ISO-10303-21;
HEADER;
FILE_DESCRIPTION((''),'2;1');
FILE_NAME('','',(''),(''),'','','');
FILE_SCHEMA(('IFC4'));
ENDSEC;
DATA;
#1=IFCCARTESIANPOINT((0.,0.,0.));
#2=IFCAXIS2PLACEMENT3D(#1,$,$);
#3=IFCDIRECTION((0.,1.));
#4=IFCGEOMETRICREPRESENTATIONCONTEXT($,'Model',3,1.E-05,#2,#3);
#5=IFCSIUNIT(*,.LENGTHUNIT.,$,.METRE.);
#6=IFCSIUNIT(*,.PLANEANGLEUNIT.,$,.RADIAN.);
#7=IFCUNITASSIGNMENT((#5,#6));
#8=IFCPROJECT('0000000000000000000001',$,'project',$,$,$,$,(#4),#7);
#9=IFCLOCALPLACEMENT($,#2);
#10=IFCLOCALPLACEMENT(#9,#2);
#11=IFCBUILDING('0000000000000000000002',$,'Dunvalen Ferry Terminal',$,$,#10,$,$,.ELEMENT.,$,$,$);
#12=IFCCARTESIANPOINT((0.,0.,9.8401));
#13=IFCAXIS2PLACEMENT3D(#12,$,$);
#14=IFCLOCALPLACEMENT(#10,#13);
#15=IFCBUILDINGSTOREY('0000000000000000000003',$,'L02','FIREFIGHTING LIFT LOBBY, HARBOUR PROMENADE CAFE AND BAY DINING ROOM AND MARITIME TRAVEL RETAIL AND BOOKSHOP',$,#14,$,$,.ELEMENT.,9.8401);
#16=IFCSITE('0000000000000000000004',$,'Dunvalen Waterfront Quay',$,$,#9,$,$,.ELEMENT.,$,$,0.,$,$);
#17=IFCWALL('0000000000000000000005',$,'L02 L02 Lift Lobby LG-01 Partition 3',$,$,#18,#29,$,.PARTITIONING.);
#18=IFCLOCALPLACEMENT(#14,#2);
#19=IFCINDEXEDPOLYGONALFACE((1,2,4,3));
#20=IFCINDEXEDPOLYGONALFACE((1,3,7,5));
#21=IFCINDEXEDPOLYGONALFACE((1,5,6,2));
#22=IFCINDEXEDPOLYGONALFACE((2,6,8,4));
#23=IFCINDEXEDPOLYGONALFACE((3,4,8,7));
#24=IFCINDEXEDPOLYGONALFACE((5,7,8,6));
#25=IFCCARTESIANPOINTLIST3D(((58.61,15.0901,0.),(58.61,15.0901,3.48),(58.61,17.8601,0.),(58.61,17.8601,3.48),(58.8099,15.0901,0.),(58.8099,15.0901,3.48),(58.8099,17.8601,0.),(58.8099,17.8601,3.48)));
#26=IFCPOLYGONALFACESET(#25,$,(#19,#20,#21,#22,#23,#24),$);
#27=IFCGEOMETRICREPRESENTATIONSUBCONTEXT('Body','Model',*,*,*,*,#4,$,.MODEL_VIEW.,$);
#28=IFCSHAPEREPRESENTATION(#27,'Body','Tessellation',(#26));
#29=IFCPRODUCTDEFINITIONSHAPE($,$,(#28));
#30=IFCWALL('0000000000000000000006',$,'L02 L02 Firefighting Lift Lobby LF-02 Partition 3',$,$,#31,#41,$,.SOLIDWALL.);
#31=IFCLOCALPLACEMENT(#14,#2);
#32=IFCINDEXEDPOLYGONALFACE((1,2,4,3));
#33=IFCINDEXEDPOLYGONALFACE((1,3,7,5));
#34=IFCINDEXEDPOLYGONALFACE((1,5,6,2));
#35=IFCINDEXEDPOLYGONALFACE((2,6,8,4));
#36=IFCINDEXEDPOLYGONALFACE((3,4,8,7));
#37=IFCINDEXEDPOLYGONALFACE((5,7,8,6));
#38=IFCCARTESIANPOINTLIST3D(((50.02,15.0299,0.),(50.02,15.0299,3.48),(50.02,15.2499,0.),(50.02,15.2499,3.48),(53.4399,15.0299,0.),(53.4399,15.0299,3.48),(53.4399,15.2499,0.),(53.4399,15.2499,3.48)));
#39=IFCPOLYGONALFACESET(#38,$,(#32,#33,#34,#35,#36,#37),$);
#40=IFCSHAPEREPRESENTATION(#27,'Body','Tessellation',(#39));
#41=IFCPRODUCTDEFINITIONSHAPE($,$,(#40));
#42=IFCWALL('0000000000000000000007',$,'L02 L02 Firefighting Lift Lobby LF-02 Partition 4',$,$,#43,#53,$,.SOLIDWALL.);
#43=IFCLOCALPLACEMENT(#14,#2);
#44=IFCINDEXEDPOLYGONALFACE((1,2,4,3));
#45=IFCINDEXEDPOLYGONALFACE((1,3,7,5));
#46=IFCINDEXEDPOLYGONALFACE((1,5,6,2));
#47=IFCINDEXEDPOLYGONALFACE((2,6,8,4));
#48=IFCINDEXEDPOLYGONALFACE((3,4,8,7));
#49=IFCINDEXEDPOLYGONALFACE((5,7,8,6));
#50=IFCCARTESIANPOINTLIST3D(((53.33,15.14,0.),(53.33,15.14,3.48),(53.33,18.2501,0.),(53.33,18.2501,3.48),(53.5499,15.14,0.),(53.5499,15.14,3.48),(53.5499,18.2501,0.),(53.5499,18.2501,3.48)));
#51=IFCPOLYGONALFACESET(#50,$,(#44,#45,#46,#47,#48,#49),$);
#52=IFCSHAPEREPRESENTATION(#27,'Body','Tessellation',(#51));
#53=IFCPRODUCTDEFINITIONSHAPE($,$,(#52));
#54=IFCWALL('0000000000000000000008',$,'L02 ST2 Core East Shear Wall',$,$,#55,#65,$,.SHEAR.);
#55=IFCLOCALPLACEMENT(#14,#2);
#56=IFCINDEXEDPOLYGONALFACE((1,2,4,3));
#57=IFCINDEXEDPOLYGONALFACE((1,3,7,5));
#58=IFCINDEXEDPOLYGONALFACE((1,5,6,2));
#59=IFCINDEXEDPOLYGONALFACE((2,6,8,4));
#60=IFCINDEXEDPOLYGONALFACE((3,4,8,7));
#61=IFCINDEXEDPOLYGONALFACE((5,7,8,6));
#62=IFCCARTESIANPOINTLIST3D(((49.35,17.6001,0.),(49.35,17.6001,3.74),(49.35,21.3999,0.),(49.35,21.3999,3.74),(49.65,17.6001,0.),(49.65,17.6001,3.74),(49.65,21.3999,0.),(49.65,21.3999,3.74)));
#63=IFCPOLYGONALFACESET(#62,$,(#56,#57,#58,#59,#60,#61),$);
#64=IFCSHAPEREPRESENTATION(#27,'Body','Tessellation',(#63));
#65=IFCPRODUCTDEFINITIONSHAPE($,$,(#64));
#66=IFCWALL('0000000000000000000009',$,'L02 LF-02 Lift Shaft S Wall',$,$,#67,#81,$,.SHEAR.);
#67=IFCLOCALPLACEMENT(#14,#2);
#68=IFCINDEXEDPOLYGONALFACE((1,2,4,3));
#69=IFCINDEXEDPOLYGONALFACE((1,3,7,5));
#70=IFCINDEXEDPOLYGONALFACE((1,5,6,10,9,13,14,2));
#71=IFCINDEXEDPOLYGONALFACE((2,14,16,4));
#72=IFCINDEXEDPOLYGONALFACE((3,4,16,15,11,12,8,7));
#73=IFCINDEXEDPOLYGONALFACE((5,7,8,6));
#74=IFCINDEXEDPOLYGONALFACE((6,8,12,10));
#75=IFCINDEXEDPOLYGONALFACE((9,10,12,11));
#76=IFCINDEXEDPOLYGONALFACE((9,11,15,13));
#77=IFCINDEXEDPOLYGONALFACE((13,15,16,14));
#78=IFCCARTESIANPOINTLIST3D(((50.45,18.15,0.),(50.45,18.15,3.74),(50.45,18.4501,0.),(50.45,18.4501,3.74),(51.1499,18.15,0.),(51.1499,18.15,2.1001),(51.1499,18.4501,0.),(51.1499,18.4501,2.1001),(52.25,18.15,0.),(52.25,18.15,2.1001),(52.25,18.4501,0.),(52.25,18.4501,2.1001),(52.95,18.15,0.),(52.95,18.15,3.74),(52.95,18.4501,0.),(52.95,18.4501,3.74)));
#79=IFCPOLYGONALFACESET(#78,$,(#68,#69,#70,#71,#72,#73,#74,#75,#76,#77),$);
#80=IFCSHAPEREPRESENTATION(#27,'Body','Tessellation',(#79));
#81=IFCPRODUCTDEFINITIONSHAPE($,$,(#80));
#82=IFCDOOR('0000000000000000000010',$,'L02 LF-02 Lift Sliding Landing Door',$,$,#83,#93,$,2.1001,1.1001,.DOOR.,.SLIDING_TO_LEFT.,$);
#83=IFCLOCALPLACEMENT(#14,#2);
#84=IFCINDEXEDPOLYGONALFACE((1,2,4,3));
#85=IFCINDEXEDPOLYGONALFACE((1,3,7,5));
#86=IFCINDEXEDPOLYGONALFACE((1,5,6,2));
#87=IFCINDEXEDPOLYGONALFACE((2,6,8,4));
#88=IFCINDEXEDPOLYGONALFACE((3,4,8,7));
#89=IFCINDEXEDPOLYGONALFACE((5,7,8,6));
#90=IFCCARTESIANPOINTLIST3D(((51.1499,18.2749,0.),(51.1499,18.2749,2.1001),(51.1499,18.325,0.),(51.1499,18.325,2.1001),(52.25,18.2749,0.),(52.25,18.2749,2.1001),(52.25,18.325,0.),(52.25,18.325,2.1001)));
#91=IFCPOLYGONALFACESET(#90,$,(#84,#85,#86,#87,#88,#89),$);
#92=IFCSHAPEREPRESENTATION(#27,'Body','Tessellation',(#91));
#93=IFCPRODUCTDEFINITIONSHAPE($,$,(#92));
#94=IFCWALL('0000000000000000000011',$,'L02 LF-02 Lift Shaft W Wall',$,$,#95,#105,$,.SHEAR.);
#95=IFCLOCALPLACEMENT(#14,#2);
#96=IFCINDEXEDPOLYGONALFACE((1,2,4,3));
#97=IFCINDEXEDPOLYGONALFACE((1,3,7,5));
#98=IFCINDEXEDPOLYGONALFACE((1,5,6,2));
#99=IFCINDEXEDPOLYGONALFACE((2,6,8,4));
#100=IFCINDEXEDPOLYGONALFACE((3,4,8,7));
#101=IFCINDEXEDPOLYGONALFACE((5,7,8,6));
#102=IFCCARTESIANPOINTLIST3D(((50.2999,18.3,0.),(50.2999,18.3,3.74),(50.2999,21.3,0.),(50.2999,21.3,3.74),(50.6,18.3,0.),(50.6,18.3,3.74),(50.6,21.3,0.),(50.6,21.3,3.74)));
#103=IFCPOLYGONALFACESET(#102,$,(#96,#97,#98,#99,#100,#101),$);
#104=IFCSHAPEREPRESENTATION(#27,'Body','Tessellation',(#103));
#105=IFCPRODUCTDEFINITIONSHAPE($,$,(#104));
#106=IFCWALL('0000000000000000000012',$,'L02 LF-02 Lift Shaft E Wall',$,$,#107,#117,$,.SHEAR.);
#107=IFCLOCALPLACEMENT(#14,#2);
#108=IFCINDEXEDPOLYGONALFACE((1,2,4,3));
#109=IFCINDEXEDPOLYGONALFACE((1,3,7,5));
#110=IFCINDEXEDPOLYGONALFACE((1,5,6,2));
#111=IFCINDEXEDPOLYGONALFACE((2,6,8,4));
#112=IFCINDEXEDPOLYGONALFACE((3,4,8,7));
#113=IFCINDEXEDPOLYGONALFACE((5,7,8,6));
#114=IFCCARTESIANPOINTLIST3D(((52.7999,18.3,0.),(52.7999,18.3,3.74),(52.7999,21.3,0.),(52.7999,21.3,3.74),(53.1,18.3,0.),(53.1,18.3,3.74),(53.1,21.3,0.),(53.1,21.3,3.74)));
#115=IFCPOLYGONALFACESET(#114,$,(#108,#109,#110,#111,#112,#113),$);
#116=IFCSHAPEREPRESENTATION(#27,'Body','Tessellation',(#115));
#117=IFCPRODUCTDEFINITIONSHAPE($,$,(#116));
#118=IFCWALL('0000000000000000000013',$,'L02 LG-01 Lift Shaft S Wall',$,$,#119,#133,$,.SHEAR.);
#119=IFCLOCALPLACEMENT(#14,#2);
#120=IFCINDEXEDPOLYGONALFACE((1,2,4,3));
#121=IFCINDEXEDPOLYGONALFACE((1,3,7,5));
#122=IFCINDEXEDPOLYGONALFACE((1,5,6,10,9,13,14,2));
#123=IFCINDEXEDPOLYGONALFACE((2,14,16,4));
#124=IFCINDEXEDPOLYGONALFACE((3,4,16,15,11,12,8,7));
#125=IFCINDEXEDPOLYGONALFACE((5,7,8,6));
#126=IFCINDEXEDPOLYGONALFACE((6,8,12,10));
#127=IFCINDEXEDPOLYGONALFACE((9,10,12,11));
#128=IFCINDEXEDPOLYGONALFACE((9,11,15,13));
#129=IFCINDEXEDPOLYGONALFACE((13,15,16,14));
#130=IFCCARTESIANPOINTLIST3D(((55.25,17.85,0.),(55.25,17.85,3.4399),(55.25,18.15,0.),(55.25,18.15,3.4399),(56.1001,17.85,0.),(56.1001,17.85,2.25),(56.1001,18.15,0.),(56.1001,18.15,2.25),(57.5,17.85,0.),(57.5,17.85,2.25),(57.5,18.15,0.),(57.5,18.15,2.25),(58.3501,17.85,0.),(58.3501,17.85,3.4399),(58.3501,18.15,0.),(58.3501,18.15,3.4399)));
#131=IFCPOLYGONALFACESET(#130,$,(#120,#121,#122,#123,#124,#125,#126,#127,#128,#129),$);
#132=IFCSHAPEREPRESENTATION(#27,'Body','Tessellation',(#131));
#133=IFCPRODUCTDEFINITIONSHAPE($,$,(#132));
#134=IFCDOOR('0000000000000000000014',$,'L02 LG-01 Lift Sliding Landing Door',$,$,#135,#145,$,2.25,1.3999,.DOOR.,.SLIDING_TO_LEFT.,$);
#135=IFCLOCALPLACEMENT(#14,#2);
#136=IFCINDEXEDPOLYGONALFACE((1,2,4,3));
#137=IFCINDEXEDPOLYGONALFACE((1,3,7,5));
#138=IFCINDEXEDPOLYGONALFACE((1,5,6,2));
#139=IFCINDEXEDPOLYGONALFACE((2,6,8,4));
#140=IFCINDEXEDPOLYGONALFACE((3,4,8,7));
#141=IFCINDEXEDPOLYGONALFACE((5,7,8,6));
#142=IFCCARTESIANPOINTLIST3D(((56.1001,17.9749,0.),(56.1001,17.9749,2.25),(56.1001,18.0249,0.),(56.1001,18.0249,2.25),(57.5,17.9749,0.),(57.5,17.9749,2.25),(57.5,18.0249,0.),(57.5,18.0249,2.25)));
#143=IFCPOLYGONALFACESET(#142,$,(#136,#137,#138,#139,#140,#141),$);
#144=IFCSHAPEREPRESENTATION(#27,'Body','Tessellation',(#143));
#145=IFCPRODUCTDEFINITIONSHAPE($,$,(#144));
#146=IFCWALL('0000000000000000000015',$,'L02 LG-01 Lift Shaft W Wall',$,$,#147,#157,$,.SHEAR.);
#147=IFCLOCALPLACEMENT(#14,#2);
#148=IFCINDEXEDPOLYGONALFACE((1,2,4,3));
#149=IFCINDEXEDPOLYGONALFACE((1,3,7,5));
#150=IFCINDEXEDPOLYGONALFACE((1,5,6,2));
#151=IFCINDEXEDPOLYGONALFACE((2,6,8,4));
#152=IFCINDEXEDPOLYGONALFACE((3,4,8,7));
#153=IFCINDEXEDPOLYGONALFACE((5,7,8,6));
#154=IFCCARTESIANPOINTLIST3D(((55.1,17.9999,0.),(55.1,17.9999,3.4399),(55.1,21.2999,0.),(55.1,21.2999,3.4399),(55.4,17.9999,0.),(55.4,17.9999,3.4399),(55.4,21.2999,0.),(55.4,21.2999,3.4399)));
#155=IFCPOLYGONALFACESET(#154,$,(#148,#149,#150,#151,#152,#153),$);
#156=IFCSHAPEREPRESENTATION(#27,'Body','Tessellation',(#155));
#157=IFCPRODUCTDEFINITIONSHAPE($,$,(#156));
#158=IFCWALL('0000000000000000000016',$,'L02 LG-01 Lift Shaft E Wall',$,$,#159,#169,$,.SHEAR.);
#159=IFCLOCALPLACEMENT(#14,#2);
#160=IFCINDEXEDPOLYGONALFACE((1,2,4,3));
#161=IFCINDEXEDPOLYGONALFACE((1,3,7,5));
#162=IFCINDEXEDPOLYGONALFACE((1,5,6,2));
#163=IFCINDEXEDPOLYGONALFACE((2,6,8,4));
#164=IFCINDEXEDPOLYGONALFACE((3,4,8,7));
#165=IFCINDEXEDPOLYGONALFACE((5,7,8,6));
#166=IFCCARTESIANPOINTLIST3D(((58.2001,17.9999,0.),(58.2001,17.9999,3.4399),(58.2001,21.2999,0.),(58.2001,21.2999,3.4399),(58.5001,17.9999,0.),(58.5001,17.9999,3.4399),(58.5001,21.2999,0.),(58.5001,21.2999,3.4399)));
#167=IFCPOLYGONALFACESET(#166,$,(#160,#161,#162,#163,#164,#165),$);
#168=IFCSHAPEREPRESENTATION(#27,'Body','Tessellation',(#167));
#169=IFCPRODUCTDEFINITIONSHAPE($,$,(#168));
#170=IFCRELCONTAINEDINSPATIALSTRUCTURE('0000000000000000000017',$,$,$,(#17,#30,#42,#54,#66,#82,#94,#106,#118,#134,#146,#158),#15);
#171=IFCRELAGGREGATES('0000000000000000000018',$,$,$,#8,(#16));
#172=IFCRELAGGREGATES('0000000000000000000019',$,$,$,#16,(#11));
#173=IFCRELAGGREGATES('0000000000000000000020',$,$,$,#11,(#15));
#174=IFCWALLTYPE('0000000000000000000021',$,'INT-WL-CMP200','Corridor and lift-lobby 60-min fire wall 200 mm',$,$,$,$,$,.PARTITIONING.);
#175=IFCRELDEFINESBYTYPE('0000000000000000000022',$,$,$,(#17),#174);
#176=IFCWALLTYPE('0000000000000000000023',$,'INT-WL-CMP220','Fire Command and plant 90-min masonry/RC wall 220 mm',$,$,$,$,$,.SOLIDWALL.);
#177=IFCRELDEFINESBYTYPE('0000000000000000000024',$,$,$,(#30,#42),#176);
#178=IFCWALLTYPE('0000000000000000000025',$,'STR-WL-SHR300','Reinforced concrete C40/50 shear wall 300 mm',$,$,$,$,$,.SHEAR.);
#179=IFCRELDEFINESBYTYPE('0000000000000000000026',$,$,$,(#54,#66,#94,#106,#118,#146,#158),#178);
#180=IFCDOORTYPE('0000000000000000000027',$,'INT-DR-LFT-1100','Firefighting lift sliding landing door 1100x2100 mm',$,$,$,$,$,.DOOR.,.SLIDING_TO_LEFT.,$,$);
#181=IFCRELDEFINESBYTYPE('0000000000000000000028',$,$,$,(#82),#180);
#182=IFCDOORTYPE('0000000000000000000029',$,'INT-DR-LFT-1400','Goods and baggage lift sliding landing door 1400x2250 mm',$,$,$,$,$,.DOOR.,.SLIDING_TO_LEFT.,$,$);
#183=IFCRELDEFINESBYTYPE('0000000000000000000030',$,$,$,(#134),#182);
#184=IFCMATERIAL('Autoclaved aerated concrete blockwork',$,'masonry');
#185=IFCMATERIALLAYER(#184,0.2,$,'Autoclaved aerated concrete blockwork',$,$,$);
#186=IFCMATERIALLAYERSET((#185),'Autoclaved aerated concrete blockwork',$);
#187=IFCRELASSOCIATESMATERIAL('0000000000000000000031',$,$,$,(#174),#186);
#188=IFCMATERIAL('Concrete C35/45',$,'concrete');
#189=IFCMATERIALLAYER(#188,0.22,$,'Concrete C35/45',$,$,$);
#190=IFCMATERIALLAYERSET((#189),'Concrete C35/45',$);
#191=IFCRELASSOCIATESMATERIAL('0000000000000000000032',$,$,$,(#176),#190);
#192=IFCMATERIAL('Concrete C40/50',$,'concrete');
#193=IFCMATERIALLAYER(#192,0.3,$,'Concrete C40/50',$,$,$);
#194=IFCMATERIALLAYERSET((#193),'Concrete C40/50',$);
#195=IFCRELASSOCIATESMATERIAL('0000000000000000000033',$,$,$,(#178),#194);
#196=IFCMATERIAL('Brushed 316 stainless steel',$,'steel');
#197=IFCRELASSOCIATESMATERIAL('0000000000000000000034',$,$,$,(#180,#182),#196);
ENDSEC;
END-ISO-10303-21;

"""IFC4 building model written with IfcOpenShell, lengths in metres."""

from ifc_helpers import new_model, si_unit, direction, frame, frame_2d, origin, place, context, subcontext, project, spatial, rectangle, extrude, material, layer, layer_set, type_object, element, fill, save


model = new_model("IFC4")

# Units and contexts
model_context = context("Model", 3, precision=1e-05, world=origin(), true_north=direction((0.0, 1.0)))
body_context = subcontext(model_context, "Body", "Model", "MODEL_VIEW")
ifc_project = project(units=[si_unit("LENGTHUNIT", "METRE"), si_unit("PLANEANGLEUNIT", "RADIAN")], contexts=[model_context])

# Site, building, storey
site_placement = place(None, origin())
site = spatial("IfcSite", under=ifc_project, at=site_placement, Name="Dunvalen Waterfront Quay", CompositionType="ELEMENT", RefElevation=0.0)
building_placement = place(site_placement, origin())
building = spatial("IfcBuilding", under=site, at=building_placement, Name="Dunvalen Ferry Terminal", CompositionType="ELEMENT")
storey_placement = place(building_placement, frame((0.0, 0.0, 9.8401)))
storey = spatial("IfcBuildingStorey", under=building, at=storey_placement, Name="L02", Description="FIREFIGHTING LIFT LOBBY, HARBOUR PROMENADE CAFE AND BAY DINING ROOM AND MARITIME TRAVEL RETAIL AND BOOKSHOP", CompositionType="ELEMENT", Elevation=9.8401)

# Shared definitions
ifc_material_1 = material(Name="Concrete C40/50", Category="concrete")

# Shared definitions
ifc_material_2 = material(Name="Autoclaved aerated concrete blockwork", Category="masonry")
ifc_layer_1 = layer(ifc_material_2, 0.2, Name="Autoclaved aerated concrete blockwork")
ifc_layer_set_1 = layer_set([ifc_layer_1], Name="Autoclaved aerated concrete blockwork")
wall_type_1 = type_object("IfcWallType", Name="INT-WL-CMP200", Description="Corridor and lift-lobby 60-min fire wall 200 mm", PredefinedType="PARTITIONING", material=ifc_layer_set_1)

# Wall
wall_1_placement = place(storey_placement, frame((58.71, 15.0901, 0.0), z_axis=(0.0, 0.0, 1.0), x_axis=(0.0, 1.0, 0.0)))
element("IfcWall", 1, at=wall_1_placement, inside=storey, type_object=wall_type_1, Name="L02 L02 Lift Lobby LG-01 Partition 3", PredefinedType="PARTITIONING", context=body_context, shape_type="SweptSolid", body=[
    extrude(rectangle(XDim=2.77, YDim=0.2, at=frame_2d((1.385, 0.0))), origin(), (0.0, 0.0, 1.0), 3.48),
])

# Shared definitions
ifc_material_3 = material(Name="Concrete C35/45", Category="concrete")
ifc_layer_2 = layer(ifc_material_3, 0.22, Name="Concrete C35/45")
ifc_layer_set_2 = layer_set([ifc_layer_2], Name="Concrete C35/45")
wall_type_2 = type_object("IfcWallType", Name="INT-WL-CMP220", Description="Fire Command and plant 90-min masonry/RC wall 220 mm", PredefinedType="SOLIDWALL", material=ifc_layer_set_2)

# Walls
wall_2_placement = place(storey_placement, frame((50.02, 15.1399, 0.0), z_axis=(0.0, 0.0, 1.0), x_axis=(1.0, 0.0, 0.0)))
element("IfcWall", 2, at=wall_2_placement, inside=storey, type_object=wall_type_2, Name="L02 L02 Firefighting Lift Lobby LF-02 Partition 3", PredefinedType="SOLIDWALL", context=body_context, shape_type="SweptSolid", body=[
    extrude(rectangle(XDim=3.4199, YDim=0.22, at=frame_2d((1.71, 0.0))), origin(), (0.0, 0.0, 1.0), 3.48),
])
wall_3_placement = place(storey_placement, frame((53.4399, 15.1399, 0.0), z_axis=(0.0, 0.0, 1.0), x_axis=(0.0, 1.0, 0.0)))
element("IfcWall", 3, at=wall_3_placement, inside=storey, type_object=wall_type_2, Name="L02 L02 Firefighting Lift Lobby LF-02 Partition 4", PredefinedType="SOLIDWALL", context=body_context, shape_type="SweptSolid", body=[
    extrude(rectangle(XDim=3.1101, YDim=0.22, at=frame_2d((1.5552, 0.0))), origin(), (0.0, 0.0, 1.0), 3.48),
])
ifc_layer_3 = layer(ifc_material_1, 0.3, Name="Concrete C40/50")
ifc_layer_set_3 = layer_set([ifc_layer_3], Name="Concrete C40/50")
wall_type_3 = type_object("IfcWallType", Name="STR-WL-SHR300", Description="Reinforced concrete C40/50 shear wall 300 mm", PredefinedType="SHEAR", material=ifc_layer_set_3)
wall_4_placement = place(storey_placement, frame((49.5, 17.6001, 0.0), z_axis=(0.0, 0.0, 1.0), x_axis=(0.0, 1.0, 0.0)))
element("IfcWall", 4, at=wall_4_placement, inside=storey, type_object=wall_type_3, Name="L02 ST2 Core East Shear Wall", PredefinedType="SHEAR", context=body_context, shape_type="SweptSolid", body=[
    extrude(rectangle(XDim=3.7998, YDim=0.3, at=frame_2d((1.8999, 0.0))), origin(), (0.0, 0.0, 1.0), 3.74),
])

# Wall, opening, door
wall_5_placement = place(storey_placement, frame((50.45, 18.3, 0.0), z_axis=(0.0, 0.0, 1.0), x_axis=(1.0, 0.0, 0.0)))
wall_5 = element("IfcWall", 5, at=wall_5_placement, inside=storey, type_object=wall_type_3, Name="L02 LF-02 Lift Shaft S Wall", PredefinedType="SHEAR", context=body_context, shape_type="SweptSolid", body=[
    extrude(rectangle(XDim=2.5, YDim=0.3, at=frame_2d((1.25, 0.0))), origin(), (0.0, 0.0, 1.0), 3.74),
])
opening_1_placement = place(wall_5_placement, frame((0.7, 0.0, 0.0)))
opening_1 = element("IfcOpeningElement", 6, at=opening_1_placement, cuts=wall_5, PredefinedType="OPENING", context=body_context, shape_type="SweptSolid", body=[
    extrude(rectangle(XDim=1.1001, YDim=2.1001, at=frame_2d((0.55, 1.05))), frame((0.0, 0.1602, 0.0), z_axis=(0.0, -1.0, 0.0), x_axis=(1.0, 0.0, 0.0)), (0.0, 0.0, 1.0), 0.3201),
])
ifc_material_4 = material(Name="Brushed 316 stainless steel", Category="steel")
door_type_1 = type_object("IfcDoorType", Name="INT-DR-LFT-1100", Description="Firefighting lift sliding landing door 1100x2100 mm", OperationType="SLIDING_TO_LEFT", PredefinedType="DOOR", material=ifc_material_4)
door_1_placement = place(opening_1_placement, origin())
door_1 = element("IfcDoor", 7, at=door_1_placement, inside=storey, type_object=door_type_1, Name="L02 LF-02 Lift Sliding Landing Door", OperationType="SLIDING_TO_LEFT", OverallHeight=2.1001, OverallWidth=1.1001, PredefinedType="DOOR", context=body_context, shape_type="SweptSolid", body=[
    extrude(rectangle(XDim=1.1001, YDim=2.1001, at=frame_2d((0.55, 1.05))), frame((0.0, 0.0249, 0.0), z_axis=(0.0, -1.0, 0.0), x_axis=(1.0, 0.0, 0.0)), (0.0, 0.0, 1.0), 0.05),
])
fill(opening_1, door_1)

# Walls
for number, where, z_axis, x_axis, name in (
    (8, (50.45, 18.3, 0.0), (0.0, 0.0, 1.0), (0.0, 1.0, 0.0), "L02 LF-02 Lift Shaft W Wall"),
    (9, (52.95, 18.3, 0.0), (0.0, 0.0, 1.0), (0.0, 1.0, 0.0), "L02 LF-02 Lift Shaft E Wall"),
):
    element("IfcWall", number, at=place(storey_placement, frame(where, z_axis=z_axis, x_axis=x_axis)), inside=storey, type_object=wall_type_3, Name=name, PredefinedType="SHEAR", context=body_context, shape_type="SweptSolid", body=[
        extrude(rectangle(XDim=3.0, YDim=0.3, at=frame_2d((1.5, 0.0))), origin(), (0.0, 0.0, 1.0), 3.74),
    ])

# Wall, opening, door
wall_6_placement = place(storey_placement, frame((55.25, 18.0, 0.0), z_axis=(0.0, 0.0, 1.0), x_axis=(1.0, 0.0, 0.0)))
wall_6 = element("IfcWall", 10, at=wall_6_placement, inside=storey, type_object=wall_type_3, Name="L02 LG-01 Lift Shaft S Wall", PredefinedType="SHEAR", context=body_context, shape_type="SweptSolid", body=[
    extrude(rectangle(XDim=3.1001, YDim=0.3, at=frame_2d((1.55, 0.0))), origin(), (0.0, 0.0, 1.0), 3.4399),
])
opening_2_placement = place(wall_6_placement, frame((0.8501, 0.0, 0.0)))
opening_2 = element("IfcOpeningElement", 11, at=opening_2_placement, cuts=wall_6, PredefinedType="OPENING", context=body_context, shape_type="SweptSolid", body=[
    extrude(rectangle(XDim=1.3999, YDim=2.25, at=frame_2d((0.7, 1.125))), frame((0.0, 0.1602, 0.0), z_axis=(0.0, -1.0, 0.0), x_axis=(1.0, 0.0, 0.0)), (0.0, 0.0, 1.0), 0.3201),
])
door_type_2 = type_object("IfcDoorType", Name="INT-DR-LFT-1400", Description="Goods and baggage lift sliding landing door 1400x2250 mm", OperationType="SLIDING_TO_LEFT", PredefinedType="DOOR", material=ifc_material_4)
door_2_placement = place(opening_2_placement, origin())
door_2 = element("IfcDoor", 12, at=door_2_placement, inside=storey, type_object=door_type_2, Name="L02 LG-01 Lift Sliding Landing Door", OperationType="SLIDING_TO_LEFT", OverallHeight=2.25, OverallWidth=1.3999, PredefinedType="DOOR", context=body_context, shape_type="SweptSolid", body=[
    extrude(rectangle(XDim=1.3999, YDim=2.25, at=frame_2d((0.7, 1.125))), frame((0.0, 0.0249, 0.0), z_axis=(0.0, -1.0, 0.0), x_axis=(1.0, 0.0, 0.0)), (0.0, 0.0, 1.0), 0.05),
])
fill(opening_2, door_2)

# Walls
for number, where, z_axis, x_axis, name in (
    (13, (55.25, 18.0, 0.0), (0.0, 0.0, 1.0), (0.0, 1.0, 0.0), "L02 LG-01 Lift Shaft W Wall"),
    (14, (58.3501, 18.0, 0.0), (0.0, 0.0, 1.0), (0.0, 1.0, 0.0), "L02 LG-01 Lift Shaft E Wall"),
):
    element("IfcWall", number, at=place(storey_placement, frame(where, z_axis=z_axis, x_axis=x_axis)), inside=storey, type_object=wall_type_3, Name=name, PredefinedType="SHEAR", context=body_context, shape_type="SweptSolid", body=[
        extrude(rectangle(XDim=3.3, YDim=0.3, at=frame_2d((1.6499, 0.0))), origin(), (0.0, 0.0, 1.0), 3.4399),
    ])

save(model, "model.ifc")
